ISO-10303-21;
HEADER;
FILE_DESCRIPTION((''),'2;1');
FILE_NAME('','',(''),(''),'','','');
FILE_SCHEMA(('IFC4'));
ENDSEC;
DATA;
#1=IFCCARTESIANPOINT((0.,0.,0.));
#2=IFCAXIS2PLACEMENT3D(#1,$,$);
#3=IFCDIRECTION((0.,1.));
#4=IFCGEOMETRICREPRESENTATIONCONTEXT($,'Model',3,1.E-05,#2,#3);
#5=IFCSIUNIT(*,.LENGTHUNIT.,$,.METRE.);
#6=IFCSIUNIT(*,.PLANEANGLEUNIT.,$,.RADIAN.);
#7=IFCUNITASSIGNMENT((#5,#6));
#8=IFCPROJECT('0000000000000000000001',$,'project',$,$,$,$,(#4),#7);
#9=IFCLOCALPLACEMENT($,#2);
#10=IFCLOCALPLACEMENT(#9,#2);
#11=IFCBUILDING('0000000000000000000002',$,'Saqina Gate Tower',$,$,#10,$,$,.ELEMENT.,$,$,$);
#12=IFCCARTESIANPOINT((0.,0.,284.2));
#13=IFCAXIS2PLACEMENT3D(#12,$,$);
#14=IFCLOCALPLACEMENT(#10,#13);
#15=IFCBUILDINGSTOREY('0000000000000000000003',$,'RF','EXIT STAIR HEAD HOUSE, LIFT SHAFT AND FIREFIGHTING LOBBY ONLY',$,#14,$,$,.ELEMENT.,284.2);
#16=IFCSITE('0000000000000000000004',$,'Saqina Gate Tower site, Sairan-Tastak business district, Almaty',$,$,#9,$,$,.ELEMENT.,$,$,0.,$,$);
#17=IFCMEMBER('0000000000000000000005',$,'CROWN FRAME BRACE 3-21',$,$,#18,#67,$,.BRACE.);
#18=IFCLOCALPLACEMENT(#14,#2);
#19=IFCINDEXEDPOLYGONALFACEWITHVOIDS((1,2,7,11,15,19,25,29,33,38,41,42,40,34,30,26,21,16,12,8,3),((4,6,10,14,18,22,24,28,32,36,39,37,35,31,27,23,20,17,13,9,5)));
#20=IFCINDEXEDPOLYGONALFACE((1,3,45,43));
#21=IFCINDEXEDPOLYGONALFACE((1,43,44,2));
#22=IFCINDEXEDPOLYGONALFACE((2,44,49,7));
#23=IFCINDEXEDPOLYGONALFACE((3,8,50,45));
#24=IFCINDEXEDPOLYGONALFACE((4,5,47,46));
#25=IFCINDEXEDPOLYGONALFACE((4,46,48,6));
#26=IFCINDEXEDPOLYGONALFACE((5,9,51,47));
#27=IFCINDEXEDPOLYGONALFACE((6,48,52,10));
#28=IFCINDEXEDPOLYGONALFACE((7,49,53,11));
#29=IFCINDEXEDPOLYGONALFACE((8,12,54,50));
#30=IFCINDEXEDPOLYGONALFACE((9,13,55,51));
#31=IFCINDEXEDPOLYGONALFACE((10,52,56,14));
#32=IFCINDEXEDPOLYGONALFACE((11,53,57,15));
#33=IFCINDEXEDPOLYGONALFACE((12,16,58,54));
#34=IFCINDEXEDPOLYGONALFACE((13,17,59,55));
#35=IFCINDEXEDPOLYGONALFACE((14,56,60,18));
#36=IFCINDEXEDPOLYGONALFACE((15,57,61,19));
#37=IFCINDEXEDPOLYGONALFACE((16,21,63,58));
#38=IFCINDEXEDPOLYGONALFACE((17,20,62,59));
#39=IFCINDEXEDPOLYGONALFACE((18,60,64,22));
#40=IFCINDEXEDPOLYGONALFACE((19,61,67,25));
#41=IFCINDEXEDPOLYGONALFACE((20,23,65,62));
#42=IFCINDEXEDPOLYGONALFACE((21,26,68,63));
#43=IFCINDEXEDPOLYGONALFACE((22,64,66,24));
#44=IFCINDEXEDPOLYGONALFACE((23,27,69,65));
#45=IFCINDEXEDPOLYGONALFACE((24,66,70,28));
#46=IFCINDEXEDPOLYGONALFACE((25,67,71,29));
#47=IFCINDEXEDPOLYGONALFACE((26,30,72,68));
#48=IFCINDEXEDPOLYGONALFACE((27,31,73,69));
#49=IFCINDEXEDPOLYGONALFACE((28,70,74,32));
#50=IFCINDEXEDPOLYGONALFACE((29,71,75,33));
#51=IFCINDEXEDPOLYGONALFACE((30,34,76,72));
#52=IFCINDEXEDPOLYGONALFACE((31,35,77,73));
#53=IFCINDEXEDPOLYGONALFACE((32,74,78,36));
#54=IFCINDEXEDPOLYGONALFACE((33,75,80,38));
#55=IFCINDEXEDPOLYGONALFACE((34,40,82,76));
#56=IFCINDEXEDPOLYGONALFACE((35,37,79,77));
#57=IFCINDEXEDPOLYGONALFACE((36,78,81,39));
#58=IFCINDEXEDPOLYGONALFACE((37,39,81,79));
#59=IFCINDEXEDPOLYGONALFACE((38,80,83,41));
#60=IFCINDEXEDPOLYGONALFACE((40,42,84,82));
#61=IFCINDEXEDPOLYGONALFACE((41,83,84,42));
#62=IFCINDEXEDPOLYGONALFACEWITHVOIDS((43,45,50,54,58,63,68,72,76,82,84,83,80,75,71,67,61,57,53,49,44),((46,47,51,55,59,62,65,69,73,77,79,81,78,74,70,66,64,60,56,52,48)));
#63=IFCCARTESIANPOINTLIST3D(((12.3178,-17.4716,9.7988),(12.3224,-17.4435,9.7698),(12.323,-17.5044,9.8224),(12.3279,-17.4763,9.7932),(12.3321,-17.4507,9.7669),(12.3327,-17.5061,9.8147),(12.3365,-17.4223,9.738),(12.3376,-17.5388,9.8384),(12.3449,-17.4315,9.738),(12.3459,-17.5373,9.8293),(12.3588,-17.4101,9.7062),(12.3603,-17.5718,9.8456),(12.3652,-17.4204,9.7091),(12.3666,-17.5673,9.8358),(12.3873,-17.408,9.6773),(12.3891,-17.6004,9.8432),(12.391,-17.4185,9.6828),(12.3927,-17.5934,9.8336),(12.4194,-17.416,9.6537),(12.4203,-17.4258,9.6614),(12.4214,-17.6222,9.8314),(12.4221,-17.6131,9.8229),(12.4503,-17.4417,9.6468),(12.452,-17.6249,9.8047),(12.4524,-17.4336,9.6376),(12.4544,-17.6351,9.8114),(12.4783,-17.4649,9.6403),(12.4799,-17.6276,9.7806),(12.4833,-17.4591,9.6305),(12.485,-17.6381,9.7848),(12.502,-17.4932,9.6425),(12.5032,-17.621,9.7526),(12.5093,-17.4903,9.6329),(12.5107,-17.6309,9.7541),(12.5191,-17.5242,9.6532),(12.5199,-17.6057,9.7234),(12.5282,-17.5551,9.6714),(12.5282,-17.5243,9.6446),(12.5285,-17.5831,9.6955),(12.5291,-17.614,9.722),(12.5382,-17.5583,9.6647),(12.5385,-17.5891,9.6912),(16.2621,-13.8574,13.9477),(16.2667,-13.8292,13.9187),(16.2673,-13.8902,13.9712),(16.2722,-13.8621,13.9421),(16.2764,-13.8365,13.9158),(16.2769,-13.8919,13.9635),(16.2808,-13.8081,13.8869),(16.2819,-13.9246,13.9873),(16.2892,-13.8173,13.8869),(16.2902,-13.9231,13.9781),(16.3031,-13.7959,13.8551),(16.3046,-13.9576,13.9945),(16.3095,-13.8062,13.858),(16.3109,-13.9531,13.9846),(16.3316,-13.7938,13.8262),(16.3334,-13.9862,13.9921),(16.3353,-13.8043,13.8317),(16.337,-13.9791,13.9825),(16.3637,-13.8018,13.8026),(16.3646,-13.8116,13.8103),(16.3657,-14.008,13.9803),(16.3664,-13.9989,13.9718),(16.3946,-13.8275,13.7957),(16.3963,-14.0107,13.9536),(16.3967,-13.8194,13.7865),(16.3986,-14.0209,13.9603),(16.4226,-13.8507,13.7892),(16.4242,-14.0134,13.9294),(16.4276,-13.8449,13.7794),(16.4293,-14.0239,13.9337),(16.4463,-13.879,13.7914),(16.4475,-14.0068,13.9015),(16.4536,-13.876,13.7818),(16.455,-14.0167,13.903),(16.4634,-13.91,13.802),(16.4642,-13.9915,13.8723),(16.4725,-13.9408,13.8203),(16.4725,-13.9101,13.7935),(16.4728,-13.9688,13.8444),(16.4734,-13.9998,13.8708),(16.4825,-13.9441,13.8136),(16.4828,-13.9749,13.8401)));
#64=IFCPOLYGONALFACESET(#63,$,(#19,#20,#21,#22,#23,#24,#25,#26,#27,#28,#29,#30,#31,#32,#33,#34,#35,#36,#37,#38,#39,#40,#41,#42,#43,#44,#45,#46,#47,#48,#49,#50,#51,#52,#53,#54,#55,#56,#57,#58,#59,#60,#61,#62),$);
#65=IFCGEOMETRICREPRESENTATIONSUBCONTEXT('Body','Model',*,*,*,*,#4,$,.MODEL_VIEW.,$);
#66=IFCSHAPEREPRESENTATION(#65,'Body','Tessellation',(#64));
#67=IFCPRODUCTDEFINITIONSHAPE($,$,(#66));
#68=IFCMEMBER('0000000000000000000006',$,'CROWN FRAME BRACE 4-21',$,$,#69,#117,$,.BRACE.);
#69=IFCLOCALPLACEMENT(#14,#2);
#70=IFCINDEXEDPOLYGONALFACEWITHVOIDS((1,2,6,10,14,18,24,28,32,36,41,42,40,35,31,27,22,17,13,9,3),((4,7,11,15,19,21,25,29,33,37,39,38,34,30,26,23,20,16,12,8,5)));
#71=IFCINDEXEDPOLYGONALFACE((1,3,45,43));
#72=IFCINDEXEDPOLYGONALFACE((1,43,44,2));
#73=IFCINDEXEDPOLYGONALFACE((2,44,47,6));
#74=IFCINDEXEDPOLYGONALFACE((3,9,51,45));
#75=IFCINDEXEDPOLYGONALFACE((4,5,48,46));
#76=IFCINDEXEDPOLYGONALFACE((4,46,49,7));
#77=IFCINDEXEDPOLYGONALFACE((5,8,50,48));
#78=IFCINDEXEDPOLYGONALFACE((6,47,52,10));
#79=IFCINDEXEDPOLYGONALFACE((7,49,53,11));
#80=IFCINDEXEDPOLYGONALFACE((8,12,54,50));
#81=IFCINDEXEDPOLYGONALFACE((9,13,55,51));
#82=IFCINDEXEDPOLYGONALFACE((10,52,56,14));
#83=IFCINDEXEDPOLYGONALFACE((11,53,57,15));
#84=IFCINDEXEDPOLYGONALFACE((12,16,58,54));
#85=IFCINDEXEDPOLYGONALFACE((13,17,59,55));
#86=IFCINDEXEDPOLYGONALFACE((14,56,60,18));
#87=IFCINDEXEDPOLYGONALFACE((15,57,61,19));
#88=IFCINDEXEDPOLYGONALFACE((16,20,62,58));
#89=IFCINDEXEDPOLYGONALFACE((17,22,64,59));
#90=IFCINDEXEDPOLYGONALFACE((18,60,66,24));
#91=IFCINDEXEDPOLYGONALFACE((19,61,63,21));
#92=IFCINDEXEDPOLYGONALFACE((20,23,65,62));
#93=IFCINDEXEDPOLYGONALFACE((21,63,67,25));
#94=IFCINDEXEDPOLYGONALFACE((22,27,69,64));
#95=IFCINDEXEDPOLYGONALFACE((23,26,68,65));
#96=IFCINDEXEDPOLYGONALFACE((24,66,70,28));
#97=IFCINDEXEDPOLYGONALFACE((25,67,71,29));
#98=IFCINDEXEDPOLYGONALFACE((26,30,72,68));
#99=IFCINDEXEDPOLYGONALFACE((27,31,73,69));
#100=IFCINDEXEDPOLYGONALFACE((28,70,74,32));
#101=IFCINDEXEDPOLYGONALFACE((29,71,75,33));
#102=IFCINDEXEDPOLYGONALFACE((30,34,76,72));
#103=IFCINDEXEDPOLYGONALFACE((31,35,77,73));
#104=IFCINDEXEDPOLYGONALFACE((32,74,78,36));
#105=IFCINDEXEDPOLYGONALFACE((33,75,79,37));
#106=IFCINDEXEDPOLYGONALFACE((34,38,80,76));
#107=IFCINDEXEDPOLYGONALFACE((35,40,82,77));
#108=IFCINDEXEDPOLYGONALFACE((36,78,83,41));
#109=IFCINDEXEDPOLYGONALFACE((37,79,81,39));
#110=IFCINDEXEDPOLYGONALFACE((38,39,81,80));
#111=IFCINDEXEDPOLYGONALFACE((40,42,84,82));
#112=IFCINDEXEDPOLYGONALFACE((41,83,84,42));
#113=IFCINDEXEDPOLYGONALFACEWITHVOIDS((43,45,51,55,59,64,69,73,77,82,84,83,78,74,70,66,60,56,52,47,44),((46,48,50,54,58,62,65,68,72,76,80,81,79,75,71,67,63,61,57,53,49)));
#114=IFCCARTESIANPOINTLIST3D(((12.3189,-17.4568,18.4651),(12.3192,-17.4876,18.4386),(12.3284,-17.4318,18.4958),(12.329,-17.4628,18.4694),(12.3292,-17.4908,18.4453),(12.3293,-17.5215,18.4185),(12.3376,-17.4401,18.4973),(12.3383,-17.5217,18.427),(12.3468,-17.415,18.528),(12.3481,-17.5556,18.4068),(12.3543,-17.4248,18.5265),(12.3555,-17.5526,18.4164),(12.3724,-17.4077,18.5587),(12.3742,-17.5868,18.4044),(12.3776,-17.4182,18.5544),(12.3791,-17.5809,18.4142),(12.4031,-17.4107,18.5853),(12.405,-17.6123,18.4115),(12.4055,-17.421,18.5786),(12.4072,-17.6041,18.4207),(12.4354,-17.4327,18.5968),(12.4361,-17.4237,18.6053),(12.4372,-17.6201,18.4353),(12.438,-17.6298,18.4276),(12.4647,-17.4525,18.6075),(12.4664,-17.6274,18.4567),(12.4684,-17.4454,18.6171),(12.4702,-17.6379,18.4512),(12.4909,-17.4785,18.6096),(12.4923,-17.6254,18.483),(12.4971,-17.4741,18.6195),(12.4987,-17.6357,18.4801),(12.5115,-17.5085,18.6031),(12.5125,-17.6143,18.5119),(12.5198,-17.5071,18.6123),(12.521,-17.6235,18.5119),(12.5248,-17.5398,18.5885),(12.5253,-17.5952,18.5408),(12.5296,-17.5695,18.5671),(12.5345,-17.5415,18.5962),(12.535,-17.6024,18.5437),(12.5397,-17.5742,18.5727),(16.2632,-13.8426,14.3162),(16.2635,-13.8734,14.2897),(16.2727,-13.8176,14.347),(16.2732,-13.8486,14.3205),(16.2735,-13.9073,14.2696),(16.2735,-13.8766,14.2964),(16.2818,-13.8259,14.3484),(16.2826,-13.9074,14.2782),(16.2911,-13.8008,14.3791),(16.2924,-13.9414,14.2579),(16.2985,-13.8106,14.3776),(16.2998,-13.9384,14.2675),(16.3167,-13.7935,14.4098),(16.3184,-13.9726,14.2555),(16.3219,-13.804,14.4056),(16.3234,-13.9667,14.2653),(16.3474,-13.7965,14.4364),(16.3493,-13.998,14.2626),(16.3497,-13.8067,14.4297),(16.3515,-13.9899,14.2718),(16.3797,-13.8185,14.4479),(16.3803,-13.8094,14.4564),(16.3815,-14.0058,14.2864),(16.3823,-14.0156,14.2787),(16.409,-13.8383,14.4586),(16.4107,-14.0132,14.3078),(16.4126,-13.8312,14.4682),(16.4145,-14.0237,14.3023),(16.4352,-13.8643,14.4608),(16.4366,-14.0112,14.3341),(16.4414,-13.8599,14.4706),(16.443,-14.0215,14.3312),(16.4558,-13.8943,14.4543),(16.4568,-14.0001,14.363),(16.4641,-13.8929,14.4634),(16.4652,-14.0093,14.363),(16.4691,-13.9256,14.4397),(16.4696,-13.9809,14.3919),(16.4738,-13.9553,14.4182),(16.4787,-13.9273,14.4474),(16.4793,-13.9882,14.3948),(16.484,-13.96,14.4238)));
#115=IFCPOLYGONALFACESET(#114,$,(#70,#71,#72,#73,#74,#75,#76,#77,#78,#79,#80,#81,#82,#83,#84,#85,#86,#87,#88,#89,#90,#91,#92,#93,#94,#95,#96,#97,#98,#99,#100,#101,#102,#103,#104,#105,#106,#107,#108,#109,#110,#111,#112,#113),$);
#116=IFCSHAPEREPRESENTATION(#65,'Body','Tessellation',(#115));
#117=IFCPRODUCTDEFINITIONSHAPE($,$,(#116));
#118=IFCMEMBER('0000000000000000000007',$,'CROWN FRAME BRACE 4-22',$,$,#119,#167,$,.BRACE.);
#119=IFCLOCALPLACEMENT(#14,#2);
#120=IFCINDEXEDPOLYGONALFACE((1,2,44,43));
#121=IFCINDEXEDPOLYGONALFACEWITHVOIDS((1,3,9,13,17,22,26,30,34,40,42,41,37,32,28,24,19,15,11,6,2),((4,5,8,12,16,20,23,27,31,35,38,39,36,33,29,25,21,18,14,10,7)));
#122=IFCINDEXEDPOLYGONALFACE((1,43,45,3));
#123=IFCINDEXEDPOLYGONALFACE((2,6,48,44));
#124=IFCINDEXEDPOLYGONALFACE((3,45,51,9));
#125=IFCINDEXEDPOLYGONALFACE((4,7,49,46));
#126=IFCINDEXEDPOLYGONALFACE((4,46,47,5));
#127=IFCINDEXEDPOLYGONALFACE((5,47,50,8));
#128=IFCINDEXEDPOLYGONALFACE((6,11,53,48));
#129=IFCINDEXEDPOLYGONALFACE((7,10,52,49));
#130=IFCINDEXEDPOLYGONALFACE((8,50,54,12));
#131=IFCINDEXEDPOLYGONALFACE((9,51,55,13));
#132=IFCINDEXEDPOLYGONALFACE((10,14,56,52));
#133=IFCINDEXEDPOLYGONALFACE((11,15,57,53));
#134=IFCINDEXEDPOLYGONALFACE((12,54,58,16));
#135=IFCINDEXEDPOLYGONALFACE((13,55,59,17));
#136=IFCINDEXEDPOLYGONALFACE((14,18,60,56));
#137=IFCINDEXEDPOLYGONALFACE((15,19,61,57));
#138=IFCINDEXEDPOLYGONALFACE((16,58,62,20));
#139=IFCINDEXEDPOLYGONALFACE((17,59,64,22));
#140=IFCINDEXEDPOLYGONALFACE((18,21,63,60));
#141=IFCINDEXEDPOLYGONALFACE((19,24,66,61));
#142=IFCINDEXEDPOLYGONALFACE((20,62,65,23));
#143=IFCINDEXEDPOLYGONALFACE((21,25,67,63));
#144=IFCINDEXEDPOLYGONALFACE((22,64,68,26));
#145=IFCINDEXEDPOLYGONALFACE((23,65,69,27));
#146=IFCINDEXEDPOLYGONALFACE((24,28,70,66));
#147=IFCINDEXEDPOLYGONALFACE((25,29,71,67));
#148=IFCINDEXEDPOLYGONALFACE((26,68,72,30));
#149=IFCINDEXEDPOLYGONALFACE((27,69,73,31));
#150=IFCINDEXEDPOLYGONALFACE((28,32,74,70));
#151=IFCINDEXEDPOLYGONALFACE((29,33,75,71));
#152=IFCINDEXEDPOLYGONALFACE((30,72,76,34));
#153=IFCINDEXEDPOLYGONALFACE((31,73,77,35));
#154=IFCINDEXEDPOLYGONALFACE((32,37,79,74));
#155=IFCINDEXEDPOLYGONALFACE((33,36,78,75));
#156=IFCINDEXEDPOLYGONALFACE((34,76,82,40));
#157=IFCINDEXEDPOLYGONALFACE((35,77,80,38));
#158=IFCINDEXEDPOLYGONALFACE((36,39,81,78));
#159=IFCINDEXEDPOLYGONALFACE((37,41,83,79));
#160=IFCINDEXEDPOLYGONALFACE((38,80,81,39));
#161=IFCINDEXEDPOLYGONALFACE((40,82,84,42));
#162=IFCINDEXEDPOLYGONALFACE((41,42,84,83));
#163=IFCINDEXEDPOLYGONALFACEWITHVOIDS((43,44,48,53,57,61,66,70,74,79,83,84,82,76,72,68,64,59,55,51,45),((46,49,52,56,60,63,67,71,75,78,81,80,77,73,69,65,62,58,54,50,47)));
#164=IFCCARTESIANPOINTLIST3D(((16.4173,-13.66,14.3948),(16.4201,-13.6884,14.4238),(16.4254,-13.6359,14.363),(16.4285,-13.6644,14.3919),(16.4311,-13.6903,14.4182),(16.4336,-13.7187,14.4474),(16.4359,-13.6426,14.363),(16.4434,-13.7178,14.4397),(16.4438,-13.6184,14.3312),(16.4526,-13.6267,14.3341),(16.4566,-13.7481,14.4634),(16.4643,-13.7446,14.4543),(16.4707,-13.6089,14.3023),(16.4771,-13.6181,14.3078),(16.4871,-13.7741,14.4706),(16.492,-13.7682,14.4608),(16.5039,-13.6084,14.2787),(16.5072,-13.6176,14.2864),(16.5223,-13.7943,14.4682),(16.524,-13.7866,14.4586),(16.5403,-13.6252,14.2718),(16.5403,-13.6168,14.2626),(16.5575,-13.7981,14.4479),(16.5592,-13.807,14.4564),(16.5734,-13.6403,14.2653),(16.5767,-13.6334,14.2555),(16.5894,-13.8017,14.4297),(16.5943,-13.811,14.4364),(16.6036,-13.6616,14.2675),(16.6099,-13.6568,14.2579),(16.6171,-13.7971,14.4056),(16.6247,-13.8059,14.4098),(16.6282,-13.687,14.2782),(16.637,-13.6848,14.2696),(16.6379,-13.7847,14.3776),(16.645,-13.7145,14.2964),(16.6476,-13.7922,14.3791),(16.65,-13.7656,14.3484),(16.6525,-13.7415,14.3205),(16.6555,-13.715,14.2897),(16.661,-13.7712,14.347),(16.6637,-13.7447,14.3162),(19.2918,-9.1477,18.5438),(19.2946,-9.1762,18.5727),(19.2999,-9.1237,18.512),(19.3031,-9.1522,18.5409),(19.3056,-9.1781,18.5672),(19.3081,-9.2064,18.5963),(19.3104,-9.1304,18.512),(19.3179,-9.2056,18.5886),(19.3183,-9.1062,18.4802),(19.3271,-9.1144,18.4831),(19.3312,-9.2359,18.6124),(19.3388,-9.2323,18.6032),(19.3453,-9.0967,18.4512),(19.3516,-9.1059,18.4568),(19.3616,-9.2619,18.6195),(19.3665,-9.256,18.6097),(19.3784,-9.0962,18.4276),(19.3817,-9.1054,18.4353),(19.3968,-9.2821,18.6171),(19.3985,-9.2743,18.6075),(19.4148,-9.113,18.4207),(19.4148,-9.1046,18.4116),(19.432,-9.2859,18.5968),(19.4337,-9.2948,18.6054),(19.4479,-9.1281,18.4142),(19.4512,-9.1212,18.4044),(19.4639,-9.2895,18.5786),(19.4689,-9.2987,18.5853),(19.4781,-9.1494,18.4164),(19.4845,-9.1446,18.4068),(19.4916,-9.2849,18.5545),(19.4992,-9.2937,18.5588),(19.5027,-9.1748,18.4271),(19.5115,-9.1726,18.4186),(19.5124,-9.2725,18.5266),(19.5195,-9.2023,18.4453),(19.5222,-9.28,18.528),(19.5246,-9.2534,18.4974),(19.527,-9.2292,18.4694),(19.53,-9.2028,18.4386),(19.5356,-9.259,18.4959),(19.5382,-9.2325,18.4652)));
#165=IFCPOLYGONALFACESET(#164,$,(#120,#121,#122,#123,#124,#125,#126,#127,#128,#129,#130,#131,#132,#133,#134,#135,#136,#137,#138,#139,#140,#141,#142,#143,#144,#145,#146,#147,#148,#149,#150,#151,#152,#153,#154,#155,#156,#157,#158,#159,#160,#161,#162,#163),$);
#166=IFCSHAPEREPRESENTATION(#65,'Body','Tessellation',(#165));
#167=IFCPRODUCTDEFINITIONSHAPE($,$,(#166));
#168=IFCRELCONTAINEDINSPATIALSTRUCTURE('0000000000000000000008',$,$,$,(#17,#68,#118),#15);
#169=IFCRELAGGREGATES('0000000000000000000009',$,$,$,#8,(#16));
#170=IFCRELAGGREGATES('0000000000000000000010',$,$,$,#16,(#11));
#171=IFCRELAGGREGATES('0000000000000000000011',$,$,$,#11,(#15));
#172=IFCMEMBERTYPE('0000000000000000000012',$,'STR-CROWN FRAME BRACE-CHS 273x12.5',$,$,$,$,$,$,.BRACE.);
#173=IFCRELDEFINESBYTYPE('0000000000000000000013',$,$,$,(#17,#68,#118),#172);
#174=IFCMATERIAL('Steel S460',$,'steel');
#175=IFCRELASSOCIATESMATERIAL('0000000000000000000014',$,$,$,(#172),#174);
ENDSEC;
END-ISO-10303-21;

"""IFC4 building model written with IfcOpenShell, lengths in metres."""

from ifc_helpers import new_model, si_unit, direction, frame, origin, origin_2d, place, context, subcontext, project, spatial, hollow_circle, extrude, material, material_profile, profile_set, type_object, element, save


model = new_model("IFC4")

# Units and contexts
model_context = context("Model", 3, precision=1e-05, world=origin(), true_north=direction((0.0, 1.0)))
body_context = subcontext(model_context, "Body", "Model", "MODEL_VIEW")
ifc_project = project(units=[si_unit("LENGTHUNIT", "METRE"), si_unit("PLANEANGLEUNIT", "RADIAN")], contexts=[model_context])

# Site, building, storey
site_placement = place(None, origin())
site = spatial("IfcSite", under=ifc_project, at=site_placement, Name="Saqina Gate Tower site, Sairan-Tastak business district, Almaty", CompositionType="ELEMENT", RefElevation=0.0)
building_placement = place(site_placement, origin())
building = spatial("IfcBuilding", under=site, at=building_placement, Name="Saqina Gate Tower", CompositionType="ELEMENT")
storey_placement = place(building_placement, frame((0.0, 0.0, 284.2)))
storey = spatial("IfcBuildingStorey", under=building, at=storey_placement, Name="RF", Description="EXIT STAIR HEAD HOUSE, LIFT SHAFT AND FIREFIGHTING LOBBY ONLY", CompositionType="ELEMENT", Elevation=284.2)

# Members
ifc_material_1 = material(Name="Steel S460", Category="steel")
ifc_material_profile_1 = material_profile(ifc_material_1, hollow_circle(Radius=0.1365, WallThickness=0.0125, at=origin_2d()), Name="CHS 273x12.5")
ifc_profile_set_1 = profile_set([ifc_material_profile_1], Name="Steel S460")
member_type = type_object("IfcMemberType", Name="STR-CROWN FRAME BRACE-CHS 273x12.5", PredefinedType="BRACE", material=ifc_profile_set_1)
for number, where, z_axis, x_axis, name in (
    (1, (12.4287, -17.5229, 9.738), (0.582611, 0.533856, 0.612831), (-0.675584, 0.737283, 0.0), "CROWN FRAME BRACE 3-21"),
    (2, (16.373, -13.9087, 14.363), (-0.582611, -0.533856, 0.612831), (0.675584, -0.737283, 0.0), "CROWN FRAME BRACE 4-21"),
):
    element("IfcMember", number, at=place(storey_placement, frame(where, z_axis=z_axis, x_axis=x_axis)), inside=storey, type_object=member_type, Name=name, PredefinedType="BRACE", context=body_context, shape_type="SweptSolid", body=[
        extrude(hollow_circle(Radius=0.1365, WallThickness=0.0125, at=origin_2d()), origin(), (0.0, 0.0, 1.0), 6.77),
    ])
member_1_placement = place(storey_placement, frame((16.5405, -13.7092, 14.363), z_axis=(0.424579, 0.666475, 0.612816), x_axis=(-0.843398, 0.537289, 0.0)))
element("IfcMember", 3, at=member_1_placement, inside=storey, type_object=member_type, Name="CROWN FRAME BRACE 4-22", PredefinedType="BRACE", context=body_context, shape_type="SweptSolid", body=[
    extrude(hollow_circle(Radius=0.1365, WallThickness=0.0125, at=origin_2d()), origin(), (0.0, 0.0, 1.0), 6.7703),
])

save(model, "model.ifc")
